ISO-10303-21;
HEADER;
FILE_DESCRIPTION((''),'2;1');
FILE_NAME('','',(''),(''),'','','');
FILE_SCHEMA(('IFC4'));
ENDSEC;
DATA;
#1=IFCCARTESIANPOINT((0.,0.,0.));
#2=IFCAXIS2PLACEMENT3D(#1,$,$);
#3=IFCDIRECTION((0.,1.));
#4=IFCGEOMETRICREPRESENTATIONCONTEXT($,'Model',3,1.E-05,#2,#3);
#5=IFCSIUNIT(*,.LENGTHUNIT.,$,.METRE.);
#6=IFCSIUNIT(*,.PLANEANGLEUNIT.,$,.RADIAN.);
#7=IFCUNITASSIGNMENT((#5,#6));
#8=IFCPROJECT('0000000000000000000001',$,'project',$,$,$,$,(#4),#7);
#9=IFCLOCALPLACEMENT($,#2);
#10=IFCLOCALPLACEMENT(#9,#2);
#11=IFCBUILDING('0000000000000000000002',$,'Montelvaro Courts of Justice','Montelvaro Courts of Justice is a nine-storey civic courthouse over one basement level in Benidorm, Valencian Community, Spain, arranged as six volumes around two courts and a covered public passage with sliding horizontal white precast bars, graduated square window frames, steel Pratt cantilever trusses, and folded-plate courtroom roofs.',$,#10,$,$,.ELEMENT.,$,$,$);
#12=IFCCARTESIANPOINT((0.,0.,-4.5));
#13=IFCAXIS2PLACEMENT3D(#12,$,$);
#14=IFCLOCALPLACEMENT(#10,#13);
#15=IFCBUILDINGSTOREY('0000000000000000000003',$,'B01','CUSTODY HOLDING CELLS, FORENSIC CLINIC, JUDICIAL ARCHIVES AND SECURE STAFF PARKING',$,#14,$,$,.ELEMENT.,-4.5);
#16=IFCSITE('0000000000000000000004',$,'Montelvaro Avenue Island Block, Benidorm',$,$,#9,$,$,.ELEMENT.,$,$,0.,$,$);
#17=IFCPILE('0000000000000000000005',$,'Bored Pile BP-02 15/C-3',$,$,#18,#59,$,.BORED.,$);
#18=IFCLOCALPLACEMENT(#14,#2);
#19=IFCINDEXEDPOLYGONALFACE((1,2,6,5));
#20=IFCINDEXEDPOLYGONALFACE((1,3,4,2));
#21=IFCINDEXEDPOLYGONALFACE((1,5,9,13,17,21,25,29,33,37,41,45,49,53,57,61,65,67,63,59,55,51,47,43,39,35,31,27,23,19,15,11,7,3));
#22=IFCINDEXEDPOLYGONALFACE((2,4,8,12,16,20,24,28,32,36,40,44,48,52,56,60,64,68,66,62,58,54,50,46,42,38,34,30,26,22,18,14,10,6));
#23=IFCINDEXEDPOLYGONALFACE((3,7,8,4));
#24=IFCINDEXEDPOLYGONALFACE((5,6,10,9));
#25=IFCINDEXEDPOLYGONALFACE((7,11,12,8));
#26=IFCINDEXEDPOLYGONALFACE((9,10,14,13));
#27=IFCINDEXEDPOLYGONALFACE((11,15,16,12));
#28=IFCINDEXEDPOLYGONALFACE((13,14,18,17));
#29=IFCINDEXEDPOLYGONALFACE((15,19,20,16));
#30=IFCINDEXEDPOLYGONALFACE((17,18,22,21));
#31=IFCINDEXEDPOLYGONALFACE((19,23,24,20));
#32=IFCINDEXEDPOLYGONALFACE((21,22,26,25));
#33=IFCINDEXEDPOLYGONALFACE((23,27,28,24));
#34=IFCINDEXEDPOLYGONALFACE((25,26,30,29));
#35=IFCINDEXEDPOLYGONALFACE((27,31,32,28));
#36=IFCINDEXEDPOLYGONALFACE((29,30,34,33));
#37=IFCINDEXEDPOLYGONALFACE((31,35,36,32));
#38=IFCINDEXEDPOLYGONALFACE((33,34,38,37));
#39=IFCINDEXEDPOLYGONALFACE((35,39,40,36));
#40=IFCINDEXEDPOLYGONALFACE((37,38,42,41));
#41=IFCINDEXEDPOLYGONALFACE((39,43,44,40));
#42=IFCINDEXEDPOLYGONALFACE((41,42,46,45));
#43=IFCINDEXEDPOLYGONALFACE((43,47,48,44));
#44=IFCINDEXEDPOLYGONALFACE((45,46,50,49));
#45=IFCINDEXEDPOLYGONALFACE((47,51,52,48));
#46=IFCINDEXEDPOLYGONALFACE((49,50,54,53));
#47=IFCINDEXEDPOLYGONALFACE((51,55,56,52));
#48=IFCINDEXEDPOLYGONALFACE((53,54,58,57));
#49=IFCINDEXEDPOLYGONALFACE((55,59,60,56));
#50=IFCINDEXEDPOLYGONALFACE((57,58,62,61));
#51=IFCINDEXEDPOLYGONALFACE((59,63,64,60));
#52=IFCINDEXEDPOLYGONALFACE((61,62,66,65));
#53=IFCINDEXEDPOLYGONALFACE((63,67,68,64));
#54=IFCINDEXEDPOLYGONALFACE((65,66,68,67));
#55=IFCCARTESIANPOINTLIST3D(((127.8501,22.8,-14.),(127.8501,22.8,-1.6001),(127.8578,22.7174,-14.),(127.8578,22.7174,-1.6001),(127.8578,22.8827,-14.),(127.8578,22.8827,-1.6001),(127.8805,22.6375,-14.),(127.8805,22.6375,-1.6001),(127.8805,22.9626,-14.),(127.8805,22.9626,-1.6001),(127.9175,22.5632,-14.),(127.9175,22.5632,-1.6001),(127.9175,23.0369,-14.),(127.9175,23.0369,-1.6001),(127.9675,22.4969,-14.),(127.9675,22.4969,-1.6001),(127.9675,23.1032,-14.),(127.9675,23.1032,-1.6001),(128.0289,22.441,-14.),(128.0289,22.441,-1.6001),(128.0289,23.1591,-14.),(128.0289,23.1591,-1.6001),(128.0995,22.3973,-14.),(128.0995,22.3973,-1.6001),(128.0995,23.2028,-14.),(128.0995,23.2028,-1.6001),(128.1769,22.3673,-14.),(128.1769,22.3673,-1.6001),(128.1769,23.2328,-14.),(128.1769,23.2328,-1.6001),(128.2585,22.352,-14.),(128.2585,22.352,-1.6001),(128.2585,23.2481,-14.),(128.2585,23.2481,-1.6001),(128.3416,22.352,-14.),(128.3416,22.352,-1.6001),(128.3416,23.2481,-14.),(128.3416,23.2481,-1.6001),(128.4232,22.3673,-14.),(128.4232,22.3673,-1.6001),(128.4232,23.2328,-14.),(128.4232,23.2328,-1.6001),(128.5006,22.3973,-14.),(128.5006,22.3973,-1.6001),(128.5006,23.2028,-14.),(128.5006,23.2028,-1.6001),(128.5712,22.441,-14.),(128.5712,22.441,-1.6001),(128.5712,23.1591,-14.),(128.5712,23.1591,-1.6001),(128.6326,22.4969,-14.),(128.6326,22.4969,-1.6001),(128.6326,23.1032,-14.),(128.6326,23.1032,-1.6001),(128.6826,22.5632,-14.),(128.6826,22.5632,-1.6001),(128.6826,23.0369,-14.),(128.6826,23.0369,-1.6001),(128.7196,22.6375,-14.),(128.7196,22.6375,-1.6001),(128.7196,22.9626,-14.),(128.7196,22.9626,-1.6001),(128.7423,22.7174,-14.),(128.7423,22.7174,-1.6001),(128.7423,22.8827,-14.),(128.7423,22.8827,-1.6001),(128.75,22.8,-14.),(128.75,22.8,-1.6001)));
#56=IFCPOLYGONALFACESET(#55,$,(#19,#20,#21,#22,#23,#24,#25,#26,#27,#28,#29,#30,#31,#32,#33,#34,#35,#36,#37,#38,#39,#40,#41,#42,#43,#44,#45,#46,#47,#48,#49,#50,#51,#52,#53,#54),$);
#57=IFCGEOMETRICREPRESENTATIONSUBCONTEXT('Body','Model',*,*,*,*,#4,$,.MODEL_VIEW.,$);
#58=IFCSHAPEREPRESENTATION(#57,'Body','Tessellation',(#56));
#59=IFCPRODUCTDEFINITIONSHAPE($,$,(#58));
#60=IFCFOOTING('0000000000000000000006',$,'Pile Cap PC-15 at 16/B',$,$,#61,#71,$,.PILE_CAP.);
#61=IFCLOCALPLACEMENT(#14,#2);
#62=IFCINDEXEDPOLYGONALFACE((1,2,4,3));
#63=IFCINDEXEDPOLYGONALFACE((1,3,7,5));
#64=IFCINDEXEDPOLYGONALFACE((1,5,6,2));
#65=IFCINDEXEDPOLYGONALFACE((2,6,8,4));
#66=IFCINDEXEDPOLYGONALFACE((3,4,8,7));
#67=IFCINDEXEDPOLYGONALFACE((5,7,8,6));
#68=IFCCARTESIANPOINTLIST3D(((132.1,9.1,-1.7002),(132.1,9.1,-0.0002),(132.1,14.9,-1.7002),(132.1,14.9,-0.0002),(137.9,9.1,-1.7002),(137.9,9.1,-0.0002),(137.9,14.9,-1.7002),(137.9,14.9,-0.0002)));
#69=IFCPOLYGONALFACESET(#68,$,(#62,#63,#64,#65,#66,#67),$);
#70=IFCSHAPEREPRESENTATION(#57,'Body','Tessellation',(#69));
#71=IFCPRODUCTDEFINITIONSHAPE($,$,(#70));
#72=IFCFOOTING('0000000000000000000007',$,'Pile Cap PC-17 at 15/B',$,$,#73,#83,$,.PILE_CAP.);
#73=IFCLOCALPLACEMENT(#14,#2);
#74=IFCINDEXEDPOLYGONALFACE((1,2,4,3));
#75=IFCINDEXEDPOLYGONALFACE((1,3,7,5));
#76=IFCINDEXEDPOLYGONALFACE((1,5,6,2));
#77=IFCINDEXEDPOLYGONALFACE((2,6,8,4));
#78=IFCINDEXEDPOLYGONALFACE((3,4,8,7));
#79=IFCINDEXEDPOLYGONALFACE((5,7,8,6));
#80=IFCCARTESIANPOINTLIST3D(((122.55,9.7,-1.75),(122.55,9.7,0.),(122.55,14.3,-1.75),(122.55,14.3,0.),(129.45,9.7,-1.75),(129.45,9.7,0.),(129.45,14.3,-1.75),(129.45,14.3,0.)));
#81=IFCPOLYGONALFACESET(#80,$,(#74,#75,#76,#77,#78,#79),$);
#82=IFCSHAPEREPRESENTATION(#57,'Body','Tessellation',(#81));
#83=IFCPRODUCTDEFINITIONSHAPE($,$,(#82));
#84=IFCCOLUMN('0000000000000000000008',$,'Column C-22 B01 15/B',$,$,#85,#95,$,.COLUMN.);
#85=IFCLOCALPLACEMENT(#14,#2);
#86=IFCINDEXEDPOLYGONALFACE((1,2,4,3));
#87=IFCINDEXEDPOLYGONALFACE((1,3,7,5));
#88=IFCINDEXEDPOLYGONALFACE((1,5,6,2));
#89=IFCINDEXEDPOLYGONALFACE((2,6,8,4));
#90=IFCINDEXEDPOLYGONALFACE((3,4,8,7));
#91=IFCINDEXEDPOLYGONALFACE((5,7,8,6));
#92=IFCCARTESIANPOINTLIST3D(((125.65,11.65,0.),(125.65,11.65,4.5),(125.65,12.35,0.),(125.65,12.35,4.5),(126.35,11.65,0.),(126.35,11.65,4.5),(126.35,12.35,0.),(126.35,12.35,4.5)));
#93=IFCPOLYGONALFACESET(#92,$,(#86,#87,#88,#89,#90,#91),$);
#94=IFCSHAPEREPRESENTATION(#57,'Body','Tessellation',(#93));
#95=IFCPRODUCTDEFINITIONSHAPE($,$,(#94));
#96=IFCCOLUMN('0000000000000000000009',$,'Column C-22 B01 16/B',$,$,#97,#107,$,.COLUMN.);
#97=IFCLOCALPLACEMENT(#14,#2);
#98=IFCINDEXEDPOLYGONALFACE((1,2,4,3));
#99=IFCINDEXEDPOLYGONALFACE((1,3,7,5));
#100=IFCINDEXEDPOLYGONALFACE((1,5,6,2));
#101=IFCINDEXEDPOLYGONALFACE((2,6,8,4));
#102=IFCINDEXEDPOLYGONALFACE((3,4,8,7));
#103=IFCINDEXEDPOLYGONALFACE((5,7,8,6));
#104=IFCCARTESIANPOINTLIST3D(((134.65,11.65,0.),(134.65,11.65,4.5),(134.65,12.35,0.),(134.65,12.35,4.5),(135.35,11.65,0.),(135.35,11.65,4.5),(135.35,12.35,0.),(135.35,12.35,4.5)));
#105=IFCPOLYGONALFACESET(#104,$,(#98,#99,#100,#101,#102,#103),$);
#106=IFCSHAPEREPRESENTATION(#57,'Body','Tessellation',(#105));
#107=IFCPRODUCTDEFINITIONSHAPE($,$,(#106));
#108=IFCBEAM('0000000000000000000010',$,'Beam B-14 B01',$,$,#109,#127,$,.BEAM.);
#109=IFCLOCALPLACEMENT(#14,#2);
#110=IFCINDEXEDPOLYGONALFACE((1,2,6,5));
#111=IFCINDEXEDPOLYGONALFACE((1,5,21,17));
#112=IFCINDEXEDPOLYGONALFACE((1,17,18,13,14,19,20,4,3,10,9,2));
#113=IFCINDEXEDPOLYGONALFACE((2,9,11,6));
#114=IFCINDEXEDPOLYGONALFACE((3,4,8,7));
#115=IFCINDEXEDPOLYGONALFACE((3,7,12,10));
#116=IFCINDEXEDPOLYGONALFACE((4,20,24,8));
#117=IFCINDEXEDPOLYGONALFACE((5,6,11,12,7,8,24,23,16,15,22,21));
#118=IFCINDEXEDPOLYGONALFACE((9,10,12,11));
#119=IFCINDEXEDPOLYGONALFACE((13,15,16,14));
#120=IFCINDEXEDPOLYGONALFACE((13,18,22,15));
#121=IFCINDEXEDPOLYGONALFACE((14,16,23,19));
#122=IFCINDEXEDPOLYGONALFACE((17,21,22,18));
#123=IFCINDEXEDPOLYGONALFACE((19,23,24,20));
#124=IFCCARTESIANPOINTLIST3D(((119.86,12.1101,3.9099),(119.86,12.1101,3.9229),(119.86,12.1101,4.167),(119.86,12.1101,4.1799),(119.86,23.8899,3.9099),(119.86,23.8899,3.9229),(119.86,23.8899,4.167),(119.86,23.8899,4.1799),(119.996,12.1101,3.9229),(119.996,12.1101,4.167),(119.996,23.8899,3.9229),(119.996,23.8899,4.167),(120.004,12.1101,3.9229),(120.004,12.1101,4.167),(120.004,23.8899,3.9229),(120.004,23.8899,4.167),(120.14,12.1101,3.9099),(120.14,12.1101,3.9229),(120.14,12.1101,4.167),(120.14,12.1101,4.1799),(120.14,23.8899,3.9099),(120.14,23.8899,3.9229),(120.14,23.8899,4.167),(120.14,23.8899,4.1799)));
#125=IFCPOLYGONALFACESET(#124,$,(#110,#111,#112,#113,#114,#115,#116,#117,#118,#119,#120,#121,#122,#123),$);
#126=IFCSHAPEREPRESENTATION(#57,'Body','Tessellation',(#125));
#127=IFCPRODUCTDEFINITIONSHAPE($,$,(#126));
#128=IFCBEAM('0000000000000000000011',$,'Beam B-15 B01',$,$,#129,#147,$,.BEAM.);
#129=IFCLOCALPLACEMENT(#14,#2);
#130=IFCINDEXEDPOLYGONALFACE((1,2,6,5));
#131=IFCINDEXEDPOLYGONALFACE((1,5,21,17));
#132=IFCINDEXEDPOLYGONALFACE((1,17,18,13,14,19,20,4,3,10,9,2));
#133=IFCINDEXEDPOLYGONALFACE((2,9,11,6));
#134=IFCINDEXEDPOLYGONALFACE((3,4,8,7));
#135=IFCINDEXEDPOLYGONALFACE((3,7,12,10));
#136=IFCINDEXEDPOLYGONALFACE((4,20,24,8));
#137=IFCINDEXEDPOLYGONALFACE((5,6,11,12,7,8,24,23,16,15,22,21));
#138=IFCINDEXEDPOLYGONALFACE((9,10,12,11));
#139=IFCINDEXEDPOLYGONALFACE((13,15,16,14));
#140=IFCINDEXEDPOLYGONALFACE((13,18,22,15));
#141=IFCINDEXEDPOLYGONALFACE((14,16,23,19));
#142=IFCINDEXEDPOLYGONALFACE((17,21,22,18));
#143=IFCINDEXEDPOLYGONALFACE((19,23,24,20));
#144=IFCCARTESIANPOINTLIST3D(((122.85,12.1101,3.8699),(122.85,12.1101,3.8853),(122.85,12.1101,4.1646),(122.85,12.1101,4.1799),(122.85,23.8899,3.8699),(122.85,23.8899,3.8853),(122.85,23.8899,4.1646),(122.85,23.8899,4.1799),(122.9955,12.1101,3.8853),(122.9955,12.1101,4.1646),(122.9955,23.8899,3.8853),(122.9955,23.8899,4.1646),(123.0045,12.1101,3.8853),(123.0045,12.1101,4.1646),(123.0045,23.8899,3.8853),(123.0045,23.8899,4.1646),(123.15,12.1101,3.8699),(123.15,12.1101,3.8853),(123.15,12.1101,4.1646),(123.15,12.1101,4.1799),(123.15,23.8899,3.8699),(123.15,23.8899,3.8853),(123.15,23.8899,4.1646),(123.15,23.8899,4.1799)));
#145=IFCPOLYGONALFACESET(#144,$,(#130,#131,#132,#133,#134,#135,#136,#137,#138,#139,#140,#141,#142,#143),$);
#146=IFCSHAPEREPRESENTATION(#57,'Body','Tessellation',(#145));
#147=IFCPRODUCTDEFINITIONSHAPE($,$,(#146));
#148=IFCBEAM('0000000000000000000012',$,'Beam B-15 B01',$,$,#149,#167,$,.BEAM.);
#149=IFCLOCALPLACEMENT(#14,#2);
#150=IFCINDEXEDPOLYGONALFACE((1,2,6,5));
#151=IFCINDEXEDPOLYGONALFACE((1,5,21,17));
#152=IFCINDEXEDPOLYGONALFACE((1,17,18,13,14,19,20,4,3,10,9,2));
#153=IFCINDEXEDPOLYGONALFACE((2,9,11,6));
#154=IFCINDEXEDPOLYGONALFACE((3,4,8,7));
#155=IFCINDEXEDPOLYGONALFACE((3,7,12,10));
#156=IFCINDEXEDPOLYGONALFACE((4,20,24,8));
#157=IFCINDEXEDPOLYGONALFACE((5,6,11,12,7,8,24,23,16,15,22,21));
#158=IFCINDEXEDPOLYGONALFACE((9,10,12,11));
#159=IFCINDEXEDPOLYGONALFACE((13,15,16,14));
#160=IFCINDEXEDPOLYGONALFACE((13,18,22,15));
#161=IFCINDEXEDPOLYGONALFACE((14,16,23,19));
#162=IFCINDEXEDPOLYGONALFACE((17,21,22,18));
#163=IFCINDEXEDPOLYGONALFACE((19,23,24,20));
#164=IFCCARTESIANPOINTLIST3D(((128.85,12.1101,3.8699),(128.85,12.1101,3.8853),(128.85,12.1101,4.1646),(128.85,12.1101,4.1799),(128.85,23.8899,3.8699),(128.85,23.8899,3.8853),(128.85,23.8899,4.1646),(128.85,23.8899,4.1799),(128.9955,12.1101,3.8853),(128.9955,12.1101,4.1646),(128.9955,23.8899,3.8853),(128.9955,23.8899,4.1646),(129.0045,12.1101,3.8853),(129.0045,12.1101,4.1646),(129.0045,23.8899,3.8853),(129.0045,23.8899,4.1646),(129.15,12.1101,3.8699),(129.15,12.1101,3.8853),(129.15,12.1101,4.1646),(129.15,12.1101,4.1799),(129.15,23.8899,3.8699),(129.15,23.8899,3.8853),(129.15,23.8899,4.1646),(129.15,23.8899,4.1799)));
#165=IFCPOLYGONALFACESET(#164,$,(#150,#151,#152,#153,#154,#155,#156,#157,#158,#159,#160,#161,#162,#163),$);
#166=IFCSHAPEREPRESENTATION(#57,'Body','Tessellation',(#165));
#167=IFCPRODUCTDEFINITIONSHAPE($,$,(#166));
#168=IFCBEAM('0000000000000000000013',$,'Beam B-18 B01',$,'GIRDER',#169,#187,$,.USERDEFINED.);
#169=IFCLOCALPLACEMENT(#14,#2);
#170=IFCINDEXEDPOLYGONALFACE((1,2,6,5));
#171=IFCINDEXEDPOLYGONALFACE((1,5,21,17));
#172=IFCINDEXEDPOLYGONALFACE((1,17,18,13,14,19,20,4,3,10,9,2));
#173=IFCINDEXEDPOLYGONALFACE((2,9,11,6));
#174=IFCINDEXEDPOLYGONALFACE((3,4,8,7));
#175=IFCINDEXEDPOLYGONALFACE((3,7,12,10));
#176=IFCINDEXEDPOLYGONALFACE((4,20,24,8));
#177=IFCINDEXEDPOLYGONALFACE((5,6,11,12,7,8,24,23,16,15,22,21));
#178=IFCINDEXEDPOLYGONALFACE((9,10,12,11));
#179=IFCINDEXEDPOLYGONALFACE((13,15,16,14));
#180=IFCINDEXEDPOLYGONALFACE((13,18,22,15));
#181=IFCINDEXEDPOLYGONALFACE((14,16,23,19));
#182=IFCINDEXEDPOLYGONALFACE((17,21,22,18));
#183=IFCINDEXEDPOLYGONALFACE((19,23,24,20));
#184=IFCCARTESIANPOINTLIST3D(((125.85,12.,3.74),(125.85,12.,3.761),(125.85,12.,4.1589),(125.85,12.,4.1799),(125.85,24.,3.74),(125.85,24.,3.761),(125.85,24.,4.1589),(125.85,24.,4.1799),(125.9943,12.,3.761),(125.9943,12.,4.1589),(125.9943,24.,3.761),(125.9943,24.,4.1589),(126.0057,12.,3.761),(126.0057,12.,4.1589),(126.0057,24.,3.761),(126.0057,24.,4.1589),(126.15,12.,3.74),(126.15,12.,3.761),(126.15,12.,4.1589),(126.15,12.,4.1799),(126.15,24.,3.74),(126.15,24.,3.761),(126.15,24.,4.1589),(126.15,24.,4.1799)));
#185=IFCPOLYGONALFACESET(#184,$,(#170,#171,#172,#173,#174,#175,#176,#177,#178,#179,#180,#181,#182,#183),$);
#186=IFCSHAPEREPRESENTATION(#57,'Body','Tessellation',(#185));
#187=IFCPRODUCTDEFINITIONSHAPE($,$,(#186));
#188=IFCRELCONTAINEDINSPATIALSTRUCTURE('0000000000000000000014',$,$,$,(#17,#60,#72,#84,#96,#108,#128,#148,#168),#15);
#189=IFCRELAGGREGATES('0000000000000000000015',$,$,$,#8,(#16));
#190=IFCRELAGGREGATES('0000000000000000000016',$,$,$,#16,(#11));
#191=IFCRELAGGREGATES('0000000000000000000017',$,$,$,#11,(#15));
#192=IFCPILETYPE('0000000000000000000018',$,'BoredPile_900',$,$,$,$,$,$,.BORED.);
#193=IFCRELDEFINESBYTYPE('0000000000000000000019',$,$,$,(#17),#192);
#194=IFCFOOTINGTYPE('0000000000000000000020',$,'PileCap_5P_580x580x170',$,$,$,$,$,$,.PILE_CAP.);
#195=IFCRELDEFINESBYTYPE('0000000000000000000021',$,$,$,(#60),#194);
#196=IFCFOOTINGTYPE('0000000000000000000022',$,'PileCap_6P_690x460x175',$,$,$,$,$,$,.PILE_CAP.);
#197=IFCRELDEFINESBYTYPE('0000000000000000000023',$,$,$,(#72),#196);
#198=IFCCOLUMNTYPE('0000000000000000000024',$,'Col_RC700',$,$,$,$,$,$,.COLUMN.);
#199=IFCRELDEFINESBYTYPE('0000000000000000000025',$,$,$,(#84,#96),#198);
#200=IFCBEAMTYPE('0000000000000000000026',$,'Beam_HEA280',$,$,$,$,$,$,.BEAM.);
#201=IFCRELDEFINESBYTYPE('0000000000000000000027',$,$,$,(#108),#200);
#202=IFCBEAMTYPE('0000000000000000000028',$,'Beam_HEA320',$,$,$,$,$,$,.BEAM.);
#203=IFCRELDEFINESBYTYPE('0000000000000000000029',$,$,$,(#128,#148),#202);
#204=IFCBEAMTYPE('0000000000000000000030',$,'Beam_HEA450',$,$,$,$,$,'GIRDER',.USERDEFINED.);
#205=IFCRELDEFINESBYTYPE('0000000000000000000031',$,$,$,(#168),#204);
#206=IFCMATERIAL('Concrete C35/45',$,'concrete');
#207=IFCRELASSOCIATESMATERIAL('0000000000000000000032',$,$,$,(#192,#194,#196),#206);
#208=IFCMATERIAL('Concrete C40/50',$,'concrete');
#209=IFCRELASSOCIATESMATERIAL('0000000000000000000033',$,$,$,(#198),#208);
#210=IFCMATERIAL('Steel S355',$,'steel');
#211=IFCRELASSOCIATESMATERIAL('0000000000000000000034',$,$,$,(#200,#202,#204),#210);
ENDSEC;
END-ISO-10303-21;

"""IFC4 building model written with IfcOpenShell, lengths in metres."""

from ifc_helpers import new_model, si_unit, direction, frame, origin, origin_2d, place, context, subcontext, project, spatial, rectangle, circle, i_section, extrude, material, material_profile, profile_set, type_object, element, save


model = new_model("IFC4")

# Units and contexts
model_context = context("Model", 3, precision=1e-05, world=origin(), true_north=direction((0.0, 1.0)))
body_context = subcontext(model_context, "Body", "Model", "MODEL_VIEW")
ifc_project = project(units=[si_unit("LENGTHUNIT", "METRE"), si_unit("PLANEANGLEUNIT", "RADIAN")], contexts=[model_context])

# Site, building, storey
site_placement = place(None, origin())
site = spatial("IfcSite", under=ifc_project, at=site_placement, Name="Montelvaro Avenue Island Block, Benidorm", CompositionType="ELEMENT", RefElevation=0.0)
building_placement = place(site_placement, origin())
building = spatial("IfcBuilding", under=site, at=building_placement, Name="Montelvaro Courts of Justice", Description="Montelvaro Courts of Justice is a nine-storey civic courthouse over one basement level in Benidorm, Valencian Community, Spain, arranged as six volumes around two courts and a covered public passage with sliding horizontal white precast bars, graduated square window frames, steel Pratt cantilever trusses, and folded-plate courtroom roofs.", CompositionType="ELEMENT")
storey_placement = place(building_placement, frame((0.0, 0.0, -4.5)))
storey = spatial("IfcBuildingStorey", under=building, at=storey_placement, Name="B01", Description="CUSTODY HOLDING CELLS, FORENSIC CLINIC, JUDICIAL ARCHIVES AND SECURE STAFF PARKING", CompositionType="ELEMENT", Elevation=-4.5)

# Pile
ifc_material_1 = material(Name="Concrete C35/45", Category="concrete")
ifc_material_profile_1 = material_profile(ifc_material_1, circle(Radius=0.45, at=origin_2d()), Name="BORED PILE D900")
ifc_profile_set_1 = profile_set([ifc_material_profile_1], Name="Concrete C35/45")
pile_type_1 = type_object("IfcPileType", Name="BoredPile_900", PredefinedType="BORED", material=ifc_profile_set_1)
for number, where, z_axis, x_axis, name in (
    (1, (128.3, 22.8, -1.6001), (0.0, 0.0, -1.0), (1.0, 0.0, 0.0), "Bored Pile BP-02 15/C-3"),
):
    element("IfcPile", number, at=place(storey_placement, frame(where, z_axis=z_axis, x_axis=x_axis)), inside=storey, type_object=pile_type_1, Name=name, PredefinedType="BORED", context=body_context, shape_type="SweptSolid", body=[
        extrude(circle(Radius=0.45, at=origin_2d()), origin(), (0.0, 0.0, 1.0), 12.3999),
    ])

# Footings
footing_type_1 = type_object("IfcFootingType", Name="PileCap_5P_580x580x170", PredefinedType="PILE_CAP", material=ifc_material_1)
footing_1_placement = place(storey_placement, frame((135.0, 12.0, -1.7002), z_axis=(0.0, 0.0, 1.0), x_axis=(1.0, 0.0, 0.0)))
element("IfcFooting", 2, at=footing_1_placement, inside=storey, type_object=footing_type_1, Name="Pile Cap PC-15 at 16/B", PredefinedType="PILE_CAP", context=body_context, shape_type="SweptSolid", body=[
    extrude(rectangle(XDim=5.8, YDim=5.8, at=origin_2d()), origin(), (0.0, 0.0, 1.0), 1.7),
])
footing_type_2 = type_object("IfcFootingType", Name="PileCap_6P_690x460x175", PredefinedType="PILE_CAP", material=ifc_material_1)
footing_2_placement = place(storey_placement, frame((126.0, 12.0, -1.75), z_axis=(0.0, 0.0, 1.0), x_axis=(1.0, 0.0, 0.0)))
element("IfcFooting", 3, at=footing_2_placement, inside=storey, type_object=footing_type_2, Name="Pile Cap PC-17 at 15/B", PredefinedType="PILE_CAP", context=body_context, shape_type="SweptSolid", body=[
    extrude(rectangle(XDim=6.8999, YDim=4.6001, at=origin_2d()), origin(), (0.0, 0.0, 1.0), 1.75),
])

# Columns
ifc_material_2 = material(Name="Concrete C40/50", Category="concrete")
ifc_material_profile_2 = material_profile(ifc_material_2, rectangle(XDim=0.7, YDim=0.7, at=origin_2d()), Name="RC 700x700")
ifc_profile_set_2 = profile_set([ifc_material_profile_2], Name="Concrete C40/50")
column_type = type_object("IfcColumnType", Name="Col_RC700", PredefinedType="COLUMN", material=ifc_profile_set_2)
for number, where, z_axis, x_axis, name in (
    (4, (126.0, 12.0, 0.0), (0.0, 0.0, 1.0), (1.0, 0.0, 0.0), "Column C-22 B01 15/B"),
    (5, (135.0, 12.0, 0.0), (0.0, 0.0, 1.0), (1.0, 0.0, 0.0), "Column C-22 B01 16/B"),
):
    element("IfcColumn", number, at=place(storey_placement, frame(where, z_axis=z_axis, x_axis=x_axis)), inside=storey, type_object=column_type, Name=name, PredefinedType="COLUMN", context=body_context, shape_type="SweptSolid", body=[
        extrude(rectangle(XDim=0.7, YDim=0.7, at=origin_2d()), origin(), (0.0, 0.0, 1.0), 4.5),
    ])

# Beams
ifc_material_3 = material(Name="Steel S355", Category="steel")
ifc_material_profile_3 = material_profile(ifc_material_3, i_section(OverallWidth=0.28, OverallDepth=0.27, WebThickness=0.0081, FlangeThickness=0.0129, at=origin_2d()), Name="HEA 280")
ifc_profile_set_3 = profile_set([ifc_material_profile_3], Name="Steel S355")
beam_type_1 = type_object("IfcBeamType", Name="Beam_HEA280", PredefinedType="BEAM", material=ifc_profile_set_3)
beam_1_placement = place(storey_placement, frame((120.0, 12.1101, 4.0449), z_axis=(0.0, 1.0, 0.0), x_axis=(-1.0, 0.0, 0.0)))
element("IfcBeam", 6, at=beam_1_placement, inside=storey, type_object=beam_type_1, Name="Beam B-14 B01", PredefinedType="BEAM", context=body_context, shape_type="SweptSolid", body=[
    extrude(i_section(OverallWidth=0.28, OverallDepth=0.27, WebThickness=0.0081, FlangeThickness=0.0129, at=origin_2d()), origin(), (0.0, 0.0, 1.0), 11.7798),
])
ifc_material_profile_4 = material_profile(ifc_material_3, i_section(OverallWidth=0.3, OverallDepth=0.3101, WebThickness=0.009, FlangeThickness=0.0154, at=origin_2d()), Name="HEA 320")
ifc_profile_set_4 = profile_set([ifc_material_profile_4], Name="Steel S355")
beam_type_2 = type_object("IfcBeamType", Name="Beam_HEA320", PredefinedType="BEAM", material=ifc_profile_set_4)
for number, where, z_axis, x_axis, name in (
    (7, (123.0, 12.1101, 4.0249), (0.0, 1.0, 0.0), (-1.0, 0.0, 0.0), "Beam B-15 B01"),
    (8, (129.0, 12.1101, 4.0249), (0.0, 1.0, 0.0), (-1.0, 0.0, 0.0), "Beam B-15 B01"),
):
    element("IfcBeam", number, at=place(storey_placement, frame(where, z_axis=z_axis, x_axis=x_axis)), inside=storey, type_object=beam_type_2, Name=name, PredefinedType="BEAM", context=body_context, shape_type="SweptSolid", body=[
        extrude(i_section(OverallWidth=0.3, OverallDepth=0.3101, WebThickness=0.009, FlangeThickness=0.0154, at=origin_2d()), origin(), (0.0, 0.0, 1.0), 11.7798),
    ])
ifc_material_profile_5 = material_profile(ifc_material_3, i_section(OverallWidth=0.3, OverallDepth=0.4399, WebThickness=0.0115, FlangeThickness=0.021, at=origin_2d()), Name="HEA 450")
ifc_profile_set_5 = profile_set([ifc_material_profile_5], Name="Steel S355")
beam_type_3 = type_object("IfcBeamType", Name="Beam_HEA450", ElementType="GIRDER", PredefinedType="USERDEFINED", material=ifc_profile_set_5)
beam_2_placement = place(storey_placement, frame((126.0, 12.0, 3.96), z_axis=(0.0, 1.0, 0.0), x_axis=(-1.0, 0.0, 0.0)))
element("IfcBeam", 9, at=beam_2_placement, inside=storey, type_object=beam_type_3, Name="Beam B-18 B01", ObjectType="GIRDER", PredefinedType="USERDEFINED", context=body_context, shape_type="SweptSolid", body=[
    extrude(i_section(OverallWidth=0.3, OverallDepth=0.4399, WebThickness=0.0115, FlangeThickness=0.021, at=origin_2d()), origin(), (0.0, 0.0, 1.0), 12.0),
])

save(model, "model.ifc")
